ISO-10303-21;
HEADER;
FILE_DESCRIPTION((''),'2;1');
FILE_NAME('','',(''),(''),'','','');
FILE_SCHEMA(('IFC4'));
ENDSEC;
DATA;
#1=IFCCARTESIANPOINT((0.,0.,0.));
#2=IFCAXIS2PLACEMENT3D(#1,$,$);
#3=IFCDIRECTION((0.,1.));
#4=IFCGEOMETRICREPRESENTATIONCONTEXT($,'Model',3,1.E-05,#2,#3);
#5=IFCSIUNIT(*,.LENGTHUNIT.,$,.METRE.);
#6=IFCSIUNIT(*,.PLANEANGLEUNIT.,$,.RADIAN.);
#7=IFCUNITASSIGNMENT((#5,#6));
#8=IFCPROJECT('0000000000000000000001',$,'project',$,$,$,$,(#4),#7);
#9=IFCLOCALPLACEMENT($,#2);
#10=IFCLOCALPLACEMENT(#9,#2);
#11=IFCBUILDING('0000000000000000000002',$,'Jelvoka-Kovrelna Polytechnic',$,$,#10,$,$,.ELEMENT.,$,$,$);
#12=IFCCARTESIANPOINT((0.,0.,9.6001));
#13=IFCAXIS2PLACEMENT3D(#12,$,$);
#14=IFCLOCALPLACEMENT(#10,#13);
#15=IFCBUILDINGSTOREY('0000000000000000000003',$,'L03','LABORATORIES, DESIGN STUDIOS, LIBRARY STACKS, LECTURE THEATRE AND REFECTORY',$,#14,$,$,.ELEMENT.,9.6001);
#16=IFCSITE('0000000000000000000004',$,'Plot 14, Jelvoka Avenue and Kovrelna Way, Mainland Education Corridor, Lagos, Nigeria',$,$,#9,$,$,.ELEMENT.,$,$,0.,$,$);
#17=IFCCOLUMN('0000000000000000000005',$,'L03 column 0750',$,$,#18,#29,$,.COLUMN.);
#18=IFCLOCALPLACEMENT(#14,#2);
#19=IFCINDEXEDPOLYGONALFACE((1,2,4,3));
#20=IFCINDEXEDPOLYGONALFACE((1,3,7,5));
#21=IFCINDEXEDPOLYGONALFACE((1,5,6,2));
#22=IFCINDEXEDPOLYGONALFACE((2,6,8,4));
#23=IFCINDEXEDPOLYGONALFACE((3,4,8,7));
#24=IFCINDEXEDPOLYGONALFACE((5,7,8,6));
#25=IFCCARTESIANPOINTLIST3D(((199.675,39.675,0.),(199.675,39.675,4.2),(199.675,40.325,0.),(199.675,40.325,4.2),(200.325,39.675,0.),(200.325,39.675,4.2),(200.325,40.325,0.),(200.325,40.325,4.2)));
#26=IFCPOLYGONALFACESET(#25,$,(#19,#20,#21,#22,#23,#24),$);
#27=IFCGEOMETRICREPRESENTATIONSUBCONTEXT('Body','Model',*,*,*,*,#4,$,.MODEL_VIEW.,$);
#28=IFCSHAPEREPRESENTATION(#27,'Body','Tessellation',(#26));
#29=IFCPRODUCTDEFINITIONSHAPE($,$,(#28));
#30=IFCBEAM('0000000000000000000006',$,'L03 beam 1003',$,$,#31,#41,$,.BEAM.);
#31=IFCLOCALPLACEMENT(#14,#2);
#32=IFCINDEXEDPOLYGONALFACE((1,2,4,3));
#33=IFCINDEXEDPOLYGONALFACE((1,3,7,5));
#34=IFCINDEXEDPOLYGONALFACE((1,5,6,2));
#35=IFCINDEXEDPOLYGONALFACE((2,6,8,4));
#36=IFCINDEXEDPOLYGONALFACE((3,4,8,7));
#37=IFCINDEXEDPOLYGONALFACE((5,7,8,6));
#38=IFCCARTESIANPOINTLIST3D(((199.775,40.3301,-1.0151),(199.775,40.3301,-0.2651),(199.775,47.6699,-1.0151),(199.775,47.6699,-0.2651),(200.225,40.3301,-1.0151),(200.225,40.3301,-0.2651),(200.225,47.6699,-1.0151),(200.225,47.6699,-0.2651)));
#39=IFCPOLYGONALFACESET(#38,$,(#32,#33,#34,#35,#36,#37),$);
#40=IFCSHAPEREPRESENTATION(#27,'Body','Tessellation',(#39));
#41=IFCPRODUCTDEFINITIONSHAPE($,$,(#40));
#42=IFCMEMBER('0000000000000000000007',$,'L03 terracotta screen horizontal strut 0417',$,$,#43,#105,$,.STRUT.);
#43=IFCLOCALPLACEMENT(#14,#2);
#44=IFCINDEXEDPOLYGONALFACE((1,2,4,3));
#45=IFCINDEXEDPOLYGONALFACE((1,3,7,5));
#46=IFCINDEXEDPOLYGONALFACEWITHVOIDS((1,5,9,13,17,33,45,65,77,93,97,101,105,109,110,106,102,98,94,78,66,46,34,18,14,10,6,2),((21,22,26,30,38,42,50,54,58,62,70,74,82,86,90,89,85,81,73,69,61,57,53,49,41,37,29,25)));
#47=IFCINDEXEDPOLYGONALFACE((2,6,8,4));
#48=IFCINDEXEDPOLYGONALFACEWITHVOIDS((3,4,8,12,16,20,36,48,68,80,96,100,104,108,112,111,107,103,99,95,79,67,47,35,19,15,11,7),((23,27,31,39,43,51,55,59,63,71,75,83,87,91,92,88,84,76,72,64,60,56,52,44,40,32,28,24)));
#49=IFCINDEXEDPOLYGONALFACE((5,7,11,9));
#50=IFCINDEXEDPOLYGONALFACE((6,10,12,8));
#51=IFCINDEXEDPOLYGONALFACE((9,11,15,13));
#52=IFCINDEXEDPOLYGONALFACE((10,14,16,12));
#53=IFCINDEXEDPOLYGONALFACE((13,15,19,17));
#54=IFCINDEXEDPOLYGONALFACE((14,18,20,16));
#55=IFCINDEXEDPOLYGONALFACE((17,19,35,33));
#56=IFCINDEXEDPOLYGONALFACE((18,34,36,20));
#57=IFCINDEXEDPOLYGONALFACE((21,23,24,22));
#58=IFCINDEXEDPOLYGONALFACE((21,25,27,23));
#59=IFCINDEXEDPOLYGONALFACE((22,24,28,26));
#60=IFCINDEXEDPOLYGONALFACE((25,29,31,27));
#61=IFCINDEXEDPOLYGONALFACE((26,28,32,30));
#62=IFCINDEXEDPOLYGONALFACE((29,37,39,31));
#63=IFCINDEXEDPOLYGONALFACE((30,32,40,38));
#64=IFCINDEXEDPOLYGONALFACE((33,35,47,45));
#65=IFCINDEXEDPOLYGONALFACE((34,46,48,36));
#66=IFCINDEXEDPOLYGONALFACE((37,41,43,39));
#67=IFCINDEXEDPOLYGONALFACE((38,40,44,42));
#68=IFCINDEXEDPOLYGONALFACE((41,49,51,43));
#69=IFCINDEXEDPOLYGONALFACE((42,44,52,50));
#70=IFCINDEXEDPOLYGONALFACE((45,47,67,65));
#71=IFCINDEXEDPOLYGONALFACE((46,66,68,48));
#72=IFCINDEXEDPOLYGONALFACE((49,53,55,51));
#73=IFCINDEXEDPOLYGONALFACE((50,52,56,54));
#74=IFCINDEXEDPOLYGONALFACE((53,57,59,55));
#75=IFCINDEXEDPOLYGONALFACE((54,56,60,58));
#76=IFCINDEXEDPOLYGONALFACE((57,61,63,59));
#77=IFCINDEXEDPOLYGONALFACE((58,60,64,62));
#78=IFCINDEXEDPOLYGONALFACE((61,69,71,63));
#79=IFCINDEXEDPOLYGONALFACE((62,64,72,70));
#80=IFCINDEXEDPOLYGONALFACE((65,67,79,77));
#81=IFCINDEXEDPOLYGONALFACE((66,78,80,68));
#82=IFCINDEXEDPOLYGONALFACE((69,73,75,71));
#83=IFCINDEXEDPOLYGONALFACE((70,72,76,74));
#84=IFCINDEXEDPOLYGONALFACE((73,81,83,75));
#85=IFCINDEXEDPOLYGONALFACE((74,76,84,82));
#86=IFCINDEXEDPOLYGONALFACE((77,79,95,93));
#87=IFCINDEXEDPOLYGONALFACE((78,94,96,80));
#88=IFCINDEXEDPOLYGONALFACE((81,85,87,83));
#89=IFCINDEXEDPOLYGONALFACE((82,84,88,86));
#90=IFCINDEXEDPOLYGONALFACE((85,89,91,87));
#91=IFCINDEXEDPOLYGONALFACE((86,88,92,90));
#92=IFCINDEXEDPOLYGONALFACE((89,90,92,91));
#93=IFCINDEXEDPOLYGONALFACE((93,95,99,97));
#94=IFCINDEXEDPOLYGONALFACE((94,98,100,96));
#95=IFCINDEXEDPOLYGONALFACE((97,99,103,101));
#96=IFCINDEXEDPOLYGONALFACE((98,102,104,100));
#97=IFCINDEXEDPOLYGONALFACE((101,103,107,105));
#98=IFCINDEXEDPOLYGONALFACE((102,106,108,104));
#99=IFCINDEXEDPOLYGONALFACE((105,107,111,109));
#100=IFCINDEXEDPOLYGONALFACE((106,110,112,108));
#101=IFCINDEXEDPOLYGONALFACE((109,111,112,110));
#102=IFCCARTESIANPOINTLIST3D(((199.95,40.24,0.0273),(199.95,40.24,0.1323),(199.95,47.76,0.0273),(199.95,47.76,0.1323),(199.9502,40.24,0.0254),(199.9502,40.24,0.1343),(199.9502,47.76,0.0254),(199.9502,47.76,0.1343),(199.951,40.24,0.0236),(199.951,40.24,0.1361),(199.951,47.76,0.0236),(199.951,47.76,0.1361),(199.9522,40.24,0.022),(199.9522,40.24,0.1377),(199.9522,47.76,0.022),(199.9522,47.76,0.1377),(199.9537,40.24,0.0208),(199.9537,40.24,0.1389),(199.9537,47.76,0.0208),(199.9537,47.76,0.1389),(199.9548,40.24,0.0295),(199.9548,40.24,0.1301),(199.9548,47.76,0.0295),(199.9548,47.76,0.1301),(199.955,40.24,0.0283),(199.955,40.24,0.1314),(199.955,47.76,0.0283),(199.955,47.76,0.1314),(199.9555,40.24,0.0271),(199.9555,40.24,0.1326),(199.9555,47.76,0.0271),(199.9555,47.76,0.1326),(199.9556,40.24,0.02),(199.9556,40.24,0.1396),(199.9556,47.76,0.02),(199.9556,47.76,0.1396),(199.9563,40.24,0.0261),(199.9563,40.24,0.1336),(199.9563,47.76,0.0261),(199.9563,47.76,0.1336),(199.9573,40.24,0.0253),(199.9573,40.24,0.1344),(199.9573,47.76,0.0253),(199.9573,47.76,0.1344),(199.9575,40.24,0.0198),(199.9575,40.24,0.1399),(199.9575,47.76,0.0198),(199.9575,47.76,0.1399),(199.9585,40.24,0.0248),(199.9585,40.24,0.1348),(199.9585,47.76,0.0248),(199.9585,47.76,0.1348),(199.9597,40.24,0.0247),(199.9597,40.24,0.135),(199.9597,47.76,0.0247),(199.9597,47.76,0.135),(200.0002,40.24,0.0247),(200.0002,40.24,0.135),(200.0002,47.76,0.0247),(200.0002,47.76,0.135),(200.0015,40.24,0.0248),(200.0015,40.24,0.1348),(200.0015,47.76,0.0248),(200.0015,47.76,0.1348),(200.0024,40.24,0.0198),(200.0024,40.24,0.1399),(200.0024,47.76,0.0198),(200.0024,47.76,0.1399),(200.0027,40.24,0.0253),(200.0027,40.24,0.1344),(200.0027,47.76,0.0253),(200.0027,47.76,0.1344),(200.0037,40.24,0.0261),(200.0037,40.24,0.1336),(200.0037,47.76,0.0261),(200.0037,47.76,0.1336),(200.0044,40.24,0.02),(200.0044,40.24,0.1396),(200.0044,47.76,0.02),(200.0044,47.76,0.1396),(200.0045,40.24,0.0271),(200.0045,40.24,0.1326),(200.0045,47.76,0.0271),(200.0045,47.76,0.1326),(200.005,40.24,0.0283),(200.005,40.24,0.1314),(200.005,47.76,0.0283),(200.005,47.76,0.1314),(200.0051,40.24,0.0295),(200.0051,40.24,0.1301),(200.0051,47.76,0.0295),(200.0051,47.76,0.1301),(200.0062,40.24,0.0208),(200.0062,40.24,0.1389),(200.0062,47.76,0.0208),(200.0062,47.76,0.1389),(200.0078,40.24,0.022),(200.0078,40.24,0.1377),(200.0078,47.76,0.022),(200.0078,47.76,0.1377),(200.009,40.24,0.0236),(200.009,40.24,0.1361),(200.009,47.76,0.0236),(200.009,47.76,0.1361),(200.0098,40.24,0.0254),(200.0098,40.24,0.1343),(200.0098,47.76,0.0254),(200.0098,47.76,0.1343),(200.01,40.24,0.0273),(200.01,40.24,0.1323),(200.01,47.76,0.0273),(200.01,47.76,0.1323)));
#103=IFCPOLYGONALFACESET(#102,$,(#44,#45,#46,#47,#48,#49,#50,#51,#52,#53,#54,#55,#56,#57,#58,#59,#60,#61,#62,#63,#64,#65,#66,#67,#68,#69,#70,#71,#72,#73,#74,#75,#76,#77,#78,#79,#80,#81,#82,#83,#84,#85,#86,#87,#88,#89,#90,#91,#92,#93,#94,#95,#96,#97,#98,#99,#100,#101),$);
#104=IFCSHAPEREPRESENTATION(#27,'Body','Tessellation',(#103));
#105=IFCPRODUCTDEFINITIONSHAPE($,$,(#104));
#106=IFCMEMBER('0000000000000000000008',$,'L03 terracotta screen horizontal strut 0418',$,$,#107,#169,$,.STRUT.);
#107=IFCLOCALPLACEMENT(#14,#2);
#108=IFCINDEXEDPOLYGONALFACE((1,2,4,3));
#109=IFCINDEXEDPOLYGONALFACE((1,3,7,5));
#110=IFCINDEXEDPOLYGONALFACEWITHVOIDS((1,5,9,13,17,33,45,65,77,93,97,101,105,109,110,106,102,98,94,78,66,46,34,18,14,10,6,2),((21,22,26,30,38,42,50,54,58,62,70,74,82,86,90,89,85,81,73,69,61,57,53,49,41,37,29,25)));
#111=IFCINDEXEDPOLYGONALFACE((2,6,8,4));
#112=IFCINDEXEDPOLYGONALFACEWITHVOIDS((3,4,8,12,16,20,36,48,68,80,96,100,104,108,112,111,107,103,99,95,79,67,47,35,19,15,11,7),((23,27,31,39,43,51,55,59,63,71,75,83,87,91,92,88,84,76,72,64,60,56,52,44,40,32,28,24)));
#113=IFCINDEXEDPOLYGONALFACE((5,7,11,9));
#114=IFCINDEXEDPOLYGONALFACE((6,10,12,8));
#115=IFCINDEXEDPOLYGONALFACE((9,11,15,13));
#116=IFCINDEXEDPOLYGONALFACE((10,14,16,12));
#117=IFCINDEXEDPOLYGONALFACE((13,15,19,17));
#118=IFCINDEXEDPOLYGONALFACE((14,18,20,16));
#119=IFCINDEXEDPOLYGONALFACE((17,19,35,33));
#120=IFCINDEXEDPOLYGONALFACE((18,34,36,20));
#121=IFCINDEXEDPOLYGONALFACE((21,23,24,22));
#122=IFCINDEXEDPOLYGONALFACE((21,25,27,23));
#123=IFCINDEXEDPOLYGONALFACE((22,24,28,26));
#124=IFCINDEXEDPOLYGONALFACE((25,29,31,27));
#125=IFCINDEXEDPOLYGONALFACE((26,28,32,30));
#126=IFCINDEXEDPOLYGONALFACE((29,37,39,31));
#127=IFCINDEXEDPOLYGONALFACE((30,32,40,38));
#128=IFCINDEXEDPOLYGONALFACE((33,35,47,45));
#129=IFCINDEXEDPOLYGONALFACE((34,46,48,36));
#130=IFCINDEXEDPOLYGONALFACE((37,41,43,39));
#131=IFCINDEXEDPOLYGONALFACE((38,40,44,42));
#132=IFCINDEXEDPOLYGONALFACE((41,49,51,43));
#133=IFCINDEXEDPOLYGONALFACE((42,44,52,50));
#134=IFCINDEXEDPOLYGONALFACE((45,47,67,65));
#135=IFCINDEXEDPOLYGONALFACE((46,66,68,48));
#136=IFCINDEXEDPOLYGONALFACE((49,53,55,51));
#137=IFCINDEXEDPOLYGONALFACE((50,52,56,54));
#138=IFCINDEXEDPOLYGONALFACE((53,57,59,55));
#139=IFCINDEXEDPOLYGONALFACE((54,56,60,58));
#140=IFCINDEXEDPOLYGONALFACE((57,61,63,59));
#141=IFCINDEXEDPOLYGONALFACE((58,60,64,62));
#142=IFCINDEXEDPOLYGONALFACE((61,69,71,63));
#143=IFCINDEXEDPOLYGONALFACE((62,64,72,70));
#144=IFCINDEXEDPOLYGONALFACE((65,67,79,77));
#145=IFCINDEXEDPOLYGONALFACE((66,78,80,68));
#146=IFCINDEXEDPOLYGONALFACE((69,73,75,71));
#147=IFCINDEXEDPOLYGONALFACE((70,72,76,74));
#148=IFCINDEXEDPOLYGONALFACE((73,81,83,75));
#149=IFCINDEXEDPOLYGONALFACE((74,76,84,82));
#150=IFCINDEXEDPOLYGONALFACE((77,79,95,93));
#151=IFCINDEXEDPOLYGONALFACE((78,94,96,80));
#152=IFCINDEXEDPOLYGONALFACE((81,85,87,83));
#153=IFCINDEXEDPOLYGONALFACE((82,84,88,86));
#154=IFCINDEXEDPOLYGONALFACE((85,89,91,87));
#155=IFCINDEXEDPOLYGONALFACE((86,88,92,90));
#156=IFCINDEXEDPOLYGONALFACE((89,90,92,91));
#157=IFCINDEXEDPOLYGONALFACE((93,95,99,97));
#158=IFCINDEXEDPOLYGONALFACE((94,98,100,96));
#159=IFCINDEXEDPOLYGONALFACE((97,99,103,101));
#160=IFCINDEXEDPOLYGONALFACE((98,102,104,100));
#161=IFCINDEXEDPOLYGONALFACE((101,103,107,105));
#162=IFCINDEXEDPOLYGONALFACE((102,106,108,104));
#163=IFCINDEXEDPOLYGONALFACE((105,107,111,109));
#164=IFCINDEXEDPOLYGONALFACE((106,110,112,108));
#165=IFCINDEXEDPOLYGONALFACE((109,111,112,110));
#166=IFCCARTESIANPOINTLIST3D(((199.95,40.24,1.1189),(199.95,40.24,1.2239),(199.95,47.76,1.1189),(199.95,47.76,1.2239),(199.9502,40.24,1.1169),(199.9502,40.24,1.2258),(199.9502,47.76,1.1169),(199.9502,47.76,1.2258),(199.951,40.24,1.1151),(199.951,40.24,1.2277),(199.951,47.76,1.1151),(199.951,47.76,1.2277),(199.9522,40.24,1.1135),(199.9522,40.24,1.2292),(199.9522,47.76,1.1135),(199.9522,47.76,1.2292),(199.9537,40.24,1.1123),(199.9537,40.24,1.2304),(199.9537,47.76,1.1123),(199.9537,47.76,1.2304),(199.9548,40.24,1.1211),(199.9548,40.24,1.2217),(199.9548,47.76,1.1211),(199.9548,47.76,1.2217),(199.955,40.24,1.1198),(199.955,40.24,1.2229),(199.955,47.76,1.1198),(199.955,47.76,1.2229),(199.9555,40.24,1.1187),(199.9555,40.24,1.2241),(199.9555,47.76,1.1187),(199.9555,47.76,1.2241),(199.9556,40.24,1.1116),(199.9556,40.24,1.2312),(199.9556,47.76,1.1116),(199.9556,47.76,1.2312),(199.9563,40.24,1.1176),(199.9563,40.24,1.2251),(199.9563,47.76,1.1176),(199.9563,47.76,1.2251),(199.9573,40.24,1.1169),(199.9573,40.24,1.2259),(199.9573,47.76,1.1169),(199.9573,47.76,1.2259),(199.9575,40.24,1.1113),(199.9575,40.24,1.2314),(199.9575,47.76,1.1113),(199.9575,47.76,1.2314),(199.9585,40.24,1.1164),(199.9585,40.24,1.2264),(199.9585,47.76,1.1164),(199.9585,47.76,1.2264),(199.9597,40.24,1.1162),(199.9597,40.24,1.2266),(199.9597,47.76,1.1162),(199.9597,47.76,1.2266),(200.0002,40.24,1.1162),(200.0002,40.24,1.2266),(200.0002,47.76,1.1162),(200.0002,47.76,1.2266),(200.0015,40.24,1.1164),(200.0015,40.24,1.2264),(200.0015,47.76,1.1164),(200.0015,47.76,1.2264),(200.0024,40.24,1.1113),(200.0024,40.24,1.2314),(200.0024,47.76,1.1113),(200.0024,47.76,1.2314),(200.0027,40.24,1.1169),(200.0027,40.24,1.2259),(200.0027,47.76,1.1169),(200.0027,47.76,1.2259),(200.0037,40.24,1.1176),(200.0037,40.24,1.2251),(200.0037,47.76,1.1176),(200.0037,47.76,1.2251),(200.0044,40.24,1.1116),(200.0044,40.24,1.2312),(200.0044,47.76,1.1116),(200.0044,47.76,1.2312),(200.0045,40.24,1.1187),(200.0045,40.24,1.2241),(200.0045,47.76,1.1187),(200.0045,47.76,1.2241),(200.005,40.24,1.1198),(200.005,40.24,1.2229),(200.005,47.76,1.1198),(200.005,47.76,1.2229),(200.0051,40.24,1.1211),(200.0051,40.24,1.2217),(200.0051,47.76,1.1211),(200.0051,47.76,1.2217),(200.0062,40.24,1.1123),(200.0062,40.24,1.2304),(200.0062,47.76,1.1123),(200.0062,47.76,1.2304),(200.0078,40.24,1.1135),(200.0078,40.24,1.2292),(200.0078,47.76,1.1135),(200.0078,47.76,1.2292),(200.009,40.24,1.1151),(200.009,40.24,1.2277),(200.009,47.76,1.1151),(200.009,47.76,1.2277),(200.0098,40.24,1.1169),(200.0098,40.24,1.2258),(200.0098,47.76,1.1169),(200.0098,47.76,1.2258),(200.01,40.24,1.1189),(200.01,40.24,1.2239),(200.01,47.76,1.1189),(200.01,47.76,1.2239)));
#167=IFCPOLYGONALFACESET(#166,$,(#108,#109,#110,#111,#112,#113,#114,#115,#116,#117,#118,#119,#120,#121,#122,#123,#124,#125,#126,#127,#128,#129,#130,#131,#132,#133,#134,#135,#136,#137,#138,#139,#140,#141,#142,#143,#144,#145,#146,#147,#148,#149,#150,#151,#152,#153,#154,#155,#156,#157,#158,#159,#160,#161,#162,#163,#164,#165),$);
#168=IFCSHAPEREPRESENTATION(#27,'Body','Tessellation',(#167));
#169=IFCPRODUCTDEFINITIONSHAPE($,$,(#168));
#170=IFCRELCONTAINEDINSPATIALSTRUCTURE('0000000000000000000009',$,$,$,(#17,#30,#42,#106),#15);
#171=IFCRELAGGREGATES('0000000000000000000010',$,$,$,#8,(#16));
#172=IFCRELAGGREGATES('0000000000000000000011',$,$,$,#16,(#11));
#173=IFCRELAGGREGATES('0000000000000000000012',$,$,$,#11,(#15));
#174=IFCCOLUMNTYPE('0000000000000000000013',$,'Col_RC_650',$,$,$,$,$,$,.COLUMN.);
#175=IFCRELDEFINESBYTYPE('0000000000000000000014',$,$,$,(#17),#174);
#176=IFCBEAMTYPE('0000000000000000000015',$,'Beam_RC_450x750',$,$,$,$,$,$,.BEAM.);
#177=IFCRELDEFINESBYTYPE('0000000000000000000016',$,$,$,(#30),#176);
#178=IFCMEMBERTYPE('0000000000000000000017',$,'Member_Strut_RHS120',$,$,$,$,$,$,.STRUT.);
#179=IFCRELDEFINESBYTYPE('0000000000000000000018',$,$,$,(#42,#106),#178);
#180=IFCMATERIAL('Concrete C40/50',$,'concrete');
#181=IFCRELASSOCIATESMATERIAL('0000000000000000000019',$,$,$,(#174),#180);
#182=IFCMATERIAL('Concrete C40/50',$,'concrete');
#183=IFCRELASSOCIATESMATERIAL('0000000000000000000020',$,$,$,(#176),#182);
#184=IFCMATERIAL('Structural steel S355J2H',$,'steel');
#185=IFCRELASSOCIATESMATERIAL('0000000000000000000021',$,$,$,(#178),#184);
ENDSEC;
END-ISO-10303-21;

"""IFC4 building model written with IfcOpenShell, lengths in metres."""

from ifc_helpers import new_model, si_unit, direction, frame, origin, origin_2d, place, context, subcontext, project, spatial, rectangle, hollow_rectangle, extrude, material, material_profile, profile_set, type_object, element, save


model = new_model("IFC4")

# Units and contexts
model_context = context("Model", 3, precision=1e-05, world=origin(), true_north=direction((0.0, 1.0)))
body_context = subcontext(model_context, "Body", "Model", "MODEL_VIEW")
ifc_project = project(units=[si_unit("LENGTHUNIT", "METRE"), si_unit("PLANEANGLEUNIT", "RADIAN")], contexts=[model_context])

# Site, building, storey
site_placement = place(None, origin())
site = spatial("IfcSite", under=ifc_project, at=site_placement, Name="Plot 14, Jelvoka Avenue and Kovrelna Way, Mainland Education Corridor, Lagos, Nigeria", CompositionType="ELEMENT", RefElevation=0.0)
building_placement = place(site_placement, origin())
building = spatial("IfcBuilding", under=site, at=building_placement, Name="Jelvoka-Kovrelna Polytechnic", CompositionType="ELEMENT")
storey_placement = place(building_placement, frame((0.0, 0.0, 9.6001)))
storey = spatial("IfcBuildingStorey", under=building, at=storey_placement, Name="L03", Description="LABORATORIES, DESIGN STUDIOS, LIBRARY STACKS, LECTURE THEATRE AND REFECTORY", CompositionType="ELEMENT", Elevation=9.6001)

# Column
ifc_material_1 = material(Name="Concrete C40/50", Category="concrete")
ifc_material_profile_1 = material_profile(ifc_material_1, rectangle(XDim=0.6499, YDim=0.6499, at=origin_2d()), Name="RC 650x650")
ifc_profile_set_1 = profile_set([ifc_material_profile_1], Name="Concrete C40/50")
column_type = type_object("IfcColumnType", Name="Col_RC_650", PredefinedType="COLUMN", material=ifc_profile_set_1)
column_placement = place(storey_placement, frame((200.0, 40.0, 0.0), z_axis=(0.0, 0.0, 1.0), x_axis=(1.0, 0.0, 0.0)))
element("IfcColumn", 1, at=column_placement, inside=storey, type_object=column_type, Name="L03 column 0750", PredefinedType="COLUMN", context=body_context, shape_type="SweptSolid", body=[
    extrude(rectangle(XDim=0.6499, YDim=0.6499, at=origin_2d()), origin(), (0.0, 0.0, 1.0), 4.2),
])

# Beam
ifc_material_2 = material(Name="Concrete C40/50", Category="concrete")
ifc_material_profile_2 = material_profile(ifc_material_2, rectangle(XDim=0.45, YDim=0.75, at=origin_2d()), Name="RC 450x750")
ifc_profile_set_2 = profile_set([ifc_material_profile_2], Name="Concrete C40/50")
beam_type = type_object("IfcBeamType", Name="Beam_RC_450x750", PredefinedType="BEAM", material=ifc_profile_set_2)
beam_placement = place(storey_placement, frame((200.0, 40.3301, -0.6401), z_axis=(0.0, 1.0, 0.0), x_axis=(-1.0, 0.0, 0.0)))
element("IfcBeam", 2, at=beam_placement, inside=storey, type_object=beam_type, Name="L03 beam 1003", PredefinedType="BEAM", context=body_context, shape_type="SweptSolid", body=[
    extrude(rectangle(XDim=0.45, YDim=0.75, at=origin_2d()), origin(), (0.0, 0.0, 1.0), 7.3398),
])

# Members
ifc_material_3 = material(Name="Structural steel S355J2H", Category="steel")
ifc_material_profile_3 = material_profile(ifc_material_3, hollow_rectangle(XDim=0.0601, YDim=0.1201, WallThickness=0.0049, InnerFilletRadius=0.0049, OuterFilletRadius=0.0076, at=origin_2d()), Name="120x60x5.0 RHS")
ifc_profile_set_3 = profile_set([ifc_material_profile_3], Name="Structural steel S355J2H")
member_type_1 = type_object("IfcMemberType", Name="Member_Strut_RHS120", PredefinedType="STRUT", material=ifc_profile_set_3)
for number, where, z_axis, x_axis, name in (
    (3, (199.98, 40.24, 0.0798), (0.0, 1.0, 0.0), (-1.0, 0.0, 0.0), "L03 terracotta screen horizontal strut 0417"),
    (4, (199.98, 40.24, 1.1714), (0.0, 1.0, 0.0), (-1.0, 0.0, 0.0), "L03 terracotta screen horizontal strut 0418"),
):
    element("IfcMember", number, at=place(storey_placement, frame(where, z_axis=z_axis, x_axis=x_axis)), inside=storey, type_object=member_type_1, Name=name, PredefinedType="STRUT", context=body_context, shape_type="SweptSolid", body=[
        extrude(hollow_rectangle(XDim=0.0601, YDim=0.1201, WallThickness=0.0049, InnerFilletRadius=0.0049, OuterFilletRadius=0.0076, at=origin_2d()), origin(), (0.0, 0.0, 1.0), 7.52),
    ])

save(model, "model.ifc")
